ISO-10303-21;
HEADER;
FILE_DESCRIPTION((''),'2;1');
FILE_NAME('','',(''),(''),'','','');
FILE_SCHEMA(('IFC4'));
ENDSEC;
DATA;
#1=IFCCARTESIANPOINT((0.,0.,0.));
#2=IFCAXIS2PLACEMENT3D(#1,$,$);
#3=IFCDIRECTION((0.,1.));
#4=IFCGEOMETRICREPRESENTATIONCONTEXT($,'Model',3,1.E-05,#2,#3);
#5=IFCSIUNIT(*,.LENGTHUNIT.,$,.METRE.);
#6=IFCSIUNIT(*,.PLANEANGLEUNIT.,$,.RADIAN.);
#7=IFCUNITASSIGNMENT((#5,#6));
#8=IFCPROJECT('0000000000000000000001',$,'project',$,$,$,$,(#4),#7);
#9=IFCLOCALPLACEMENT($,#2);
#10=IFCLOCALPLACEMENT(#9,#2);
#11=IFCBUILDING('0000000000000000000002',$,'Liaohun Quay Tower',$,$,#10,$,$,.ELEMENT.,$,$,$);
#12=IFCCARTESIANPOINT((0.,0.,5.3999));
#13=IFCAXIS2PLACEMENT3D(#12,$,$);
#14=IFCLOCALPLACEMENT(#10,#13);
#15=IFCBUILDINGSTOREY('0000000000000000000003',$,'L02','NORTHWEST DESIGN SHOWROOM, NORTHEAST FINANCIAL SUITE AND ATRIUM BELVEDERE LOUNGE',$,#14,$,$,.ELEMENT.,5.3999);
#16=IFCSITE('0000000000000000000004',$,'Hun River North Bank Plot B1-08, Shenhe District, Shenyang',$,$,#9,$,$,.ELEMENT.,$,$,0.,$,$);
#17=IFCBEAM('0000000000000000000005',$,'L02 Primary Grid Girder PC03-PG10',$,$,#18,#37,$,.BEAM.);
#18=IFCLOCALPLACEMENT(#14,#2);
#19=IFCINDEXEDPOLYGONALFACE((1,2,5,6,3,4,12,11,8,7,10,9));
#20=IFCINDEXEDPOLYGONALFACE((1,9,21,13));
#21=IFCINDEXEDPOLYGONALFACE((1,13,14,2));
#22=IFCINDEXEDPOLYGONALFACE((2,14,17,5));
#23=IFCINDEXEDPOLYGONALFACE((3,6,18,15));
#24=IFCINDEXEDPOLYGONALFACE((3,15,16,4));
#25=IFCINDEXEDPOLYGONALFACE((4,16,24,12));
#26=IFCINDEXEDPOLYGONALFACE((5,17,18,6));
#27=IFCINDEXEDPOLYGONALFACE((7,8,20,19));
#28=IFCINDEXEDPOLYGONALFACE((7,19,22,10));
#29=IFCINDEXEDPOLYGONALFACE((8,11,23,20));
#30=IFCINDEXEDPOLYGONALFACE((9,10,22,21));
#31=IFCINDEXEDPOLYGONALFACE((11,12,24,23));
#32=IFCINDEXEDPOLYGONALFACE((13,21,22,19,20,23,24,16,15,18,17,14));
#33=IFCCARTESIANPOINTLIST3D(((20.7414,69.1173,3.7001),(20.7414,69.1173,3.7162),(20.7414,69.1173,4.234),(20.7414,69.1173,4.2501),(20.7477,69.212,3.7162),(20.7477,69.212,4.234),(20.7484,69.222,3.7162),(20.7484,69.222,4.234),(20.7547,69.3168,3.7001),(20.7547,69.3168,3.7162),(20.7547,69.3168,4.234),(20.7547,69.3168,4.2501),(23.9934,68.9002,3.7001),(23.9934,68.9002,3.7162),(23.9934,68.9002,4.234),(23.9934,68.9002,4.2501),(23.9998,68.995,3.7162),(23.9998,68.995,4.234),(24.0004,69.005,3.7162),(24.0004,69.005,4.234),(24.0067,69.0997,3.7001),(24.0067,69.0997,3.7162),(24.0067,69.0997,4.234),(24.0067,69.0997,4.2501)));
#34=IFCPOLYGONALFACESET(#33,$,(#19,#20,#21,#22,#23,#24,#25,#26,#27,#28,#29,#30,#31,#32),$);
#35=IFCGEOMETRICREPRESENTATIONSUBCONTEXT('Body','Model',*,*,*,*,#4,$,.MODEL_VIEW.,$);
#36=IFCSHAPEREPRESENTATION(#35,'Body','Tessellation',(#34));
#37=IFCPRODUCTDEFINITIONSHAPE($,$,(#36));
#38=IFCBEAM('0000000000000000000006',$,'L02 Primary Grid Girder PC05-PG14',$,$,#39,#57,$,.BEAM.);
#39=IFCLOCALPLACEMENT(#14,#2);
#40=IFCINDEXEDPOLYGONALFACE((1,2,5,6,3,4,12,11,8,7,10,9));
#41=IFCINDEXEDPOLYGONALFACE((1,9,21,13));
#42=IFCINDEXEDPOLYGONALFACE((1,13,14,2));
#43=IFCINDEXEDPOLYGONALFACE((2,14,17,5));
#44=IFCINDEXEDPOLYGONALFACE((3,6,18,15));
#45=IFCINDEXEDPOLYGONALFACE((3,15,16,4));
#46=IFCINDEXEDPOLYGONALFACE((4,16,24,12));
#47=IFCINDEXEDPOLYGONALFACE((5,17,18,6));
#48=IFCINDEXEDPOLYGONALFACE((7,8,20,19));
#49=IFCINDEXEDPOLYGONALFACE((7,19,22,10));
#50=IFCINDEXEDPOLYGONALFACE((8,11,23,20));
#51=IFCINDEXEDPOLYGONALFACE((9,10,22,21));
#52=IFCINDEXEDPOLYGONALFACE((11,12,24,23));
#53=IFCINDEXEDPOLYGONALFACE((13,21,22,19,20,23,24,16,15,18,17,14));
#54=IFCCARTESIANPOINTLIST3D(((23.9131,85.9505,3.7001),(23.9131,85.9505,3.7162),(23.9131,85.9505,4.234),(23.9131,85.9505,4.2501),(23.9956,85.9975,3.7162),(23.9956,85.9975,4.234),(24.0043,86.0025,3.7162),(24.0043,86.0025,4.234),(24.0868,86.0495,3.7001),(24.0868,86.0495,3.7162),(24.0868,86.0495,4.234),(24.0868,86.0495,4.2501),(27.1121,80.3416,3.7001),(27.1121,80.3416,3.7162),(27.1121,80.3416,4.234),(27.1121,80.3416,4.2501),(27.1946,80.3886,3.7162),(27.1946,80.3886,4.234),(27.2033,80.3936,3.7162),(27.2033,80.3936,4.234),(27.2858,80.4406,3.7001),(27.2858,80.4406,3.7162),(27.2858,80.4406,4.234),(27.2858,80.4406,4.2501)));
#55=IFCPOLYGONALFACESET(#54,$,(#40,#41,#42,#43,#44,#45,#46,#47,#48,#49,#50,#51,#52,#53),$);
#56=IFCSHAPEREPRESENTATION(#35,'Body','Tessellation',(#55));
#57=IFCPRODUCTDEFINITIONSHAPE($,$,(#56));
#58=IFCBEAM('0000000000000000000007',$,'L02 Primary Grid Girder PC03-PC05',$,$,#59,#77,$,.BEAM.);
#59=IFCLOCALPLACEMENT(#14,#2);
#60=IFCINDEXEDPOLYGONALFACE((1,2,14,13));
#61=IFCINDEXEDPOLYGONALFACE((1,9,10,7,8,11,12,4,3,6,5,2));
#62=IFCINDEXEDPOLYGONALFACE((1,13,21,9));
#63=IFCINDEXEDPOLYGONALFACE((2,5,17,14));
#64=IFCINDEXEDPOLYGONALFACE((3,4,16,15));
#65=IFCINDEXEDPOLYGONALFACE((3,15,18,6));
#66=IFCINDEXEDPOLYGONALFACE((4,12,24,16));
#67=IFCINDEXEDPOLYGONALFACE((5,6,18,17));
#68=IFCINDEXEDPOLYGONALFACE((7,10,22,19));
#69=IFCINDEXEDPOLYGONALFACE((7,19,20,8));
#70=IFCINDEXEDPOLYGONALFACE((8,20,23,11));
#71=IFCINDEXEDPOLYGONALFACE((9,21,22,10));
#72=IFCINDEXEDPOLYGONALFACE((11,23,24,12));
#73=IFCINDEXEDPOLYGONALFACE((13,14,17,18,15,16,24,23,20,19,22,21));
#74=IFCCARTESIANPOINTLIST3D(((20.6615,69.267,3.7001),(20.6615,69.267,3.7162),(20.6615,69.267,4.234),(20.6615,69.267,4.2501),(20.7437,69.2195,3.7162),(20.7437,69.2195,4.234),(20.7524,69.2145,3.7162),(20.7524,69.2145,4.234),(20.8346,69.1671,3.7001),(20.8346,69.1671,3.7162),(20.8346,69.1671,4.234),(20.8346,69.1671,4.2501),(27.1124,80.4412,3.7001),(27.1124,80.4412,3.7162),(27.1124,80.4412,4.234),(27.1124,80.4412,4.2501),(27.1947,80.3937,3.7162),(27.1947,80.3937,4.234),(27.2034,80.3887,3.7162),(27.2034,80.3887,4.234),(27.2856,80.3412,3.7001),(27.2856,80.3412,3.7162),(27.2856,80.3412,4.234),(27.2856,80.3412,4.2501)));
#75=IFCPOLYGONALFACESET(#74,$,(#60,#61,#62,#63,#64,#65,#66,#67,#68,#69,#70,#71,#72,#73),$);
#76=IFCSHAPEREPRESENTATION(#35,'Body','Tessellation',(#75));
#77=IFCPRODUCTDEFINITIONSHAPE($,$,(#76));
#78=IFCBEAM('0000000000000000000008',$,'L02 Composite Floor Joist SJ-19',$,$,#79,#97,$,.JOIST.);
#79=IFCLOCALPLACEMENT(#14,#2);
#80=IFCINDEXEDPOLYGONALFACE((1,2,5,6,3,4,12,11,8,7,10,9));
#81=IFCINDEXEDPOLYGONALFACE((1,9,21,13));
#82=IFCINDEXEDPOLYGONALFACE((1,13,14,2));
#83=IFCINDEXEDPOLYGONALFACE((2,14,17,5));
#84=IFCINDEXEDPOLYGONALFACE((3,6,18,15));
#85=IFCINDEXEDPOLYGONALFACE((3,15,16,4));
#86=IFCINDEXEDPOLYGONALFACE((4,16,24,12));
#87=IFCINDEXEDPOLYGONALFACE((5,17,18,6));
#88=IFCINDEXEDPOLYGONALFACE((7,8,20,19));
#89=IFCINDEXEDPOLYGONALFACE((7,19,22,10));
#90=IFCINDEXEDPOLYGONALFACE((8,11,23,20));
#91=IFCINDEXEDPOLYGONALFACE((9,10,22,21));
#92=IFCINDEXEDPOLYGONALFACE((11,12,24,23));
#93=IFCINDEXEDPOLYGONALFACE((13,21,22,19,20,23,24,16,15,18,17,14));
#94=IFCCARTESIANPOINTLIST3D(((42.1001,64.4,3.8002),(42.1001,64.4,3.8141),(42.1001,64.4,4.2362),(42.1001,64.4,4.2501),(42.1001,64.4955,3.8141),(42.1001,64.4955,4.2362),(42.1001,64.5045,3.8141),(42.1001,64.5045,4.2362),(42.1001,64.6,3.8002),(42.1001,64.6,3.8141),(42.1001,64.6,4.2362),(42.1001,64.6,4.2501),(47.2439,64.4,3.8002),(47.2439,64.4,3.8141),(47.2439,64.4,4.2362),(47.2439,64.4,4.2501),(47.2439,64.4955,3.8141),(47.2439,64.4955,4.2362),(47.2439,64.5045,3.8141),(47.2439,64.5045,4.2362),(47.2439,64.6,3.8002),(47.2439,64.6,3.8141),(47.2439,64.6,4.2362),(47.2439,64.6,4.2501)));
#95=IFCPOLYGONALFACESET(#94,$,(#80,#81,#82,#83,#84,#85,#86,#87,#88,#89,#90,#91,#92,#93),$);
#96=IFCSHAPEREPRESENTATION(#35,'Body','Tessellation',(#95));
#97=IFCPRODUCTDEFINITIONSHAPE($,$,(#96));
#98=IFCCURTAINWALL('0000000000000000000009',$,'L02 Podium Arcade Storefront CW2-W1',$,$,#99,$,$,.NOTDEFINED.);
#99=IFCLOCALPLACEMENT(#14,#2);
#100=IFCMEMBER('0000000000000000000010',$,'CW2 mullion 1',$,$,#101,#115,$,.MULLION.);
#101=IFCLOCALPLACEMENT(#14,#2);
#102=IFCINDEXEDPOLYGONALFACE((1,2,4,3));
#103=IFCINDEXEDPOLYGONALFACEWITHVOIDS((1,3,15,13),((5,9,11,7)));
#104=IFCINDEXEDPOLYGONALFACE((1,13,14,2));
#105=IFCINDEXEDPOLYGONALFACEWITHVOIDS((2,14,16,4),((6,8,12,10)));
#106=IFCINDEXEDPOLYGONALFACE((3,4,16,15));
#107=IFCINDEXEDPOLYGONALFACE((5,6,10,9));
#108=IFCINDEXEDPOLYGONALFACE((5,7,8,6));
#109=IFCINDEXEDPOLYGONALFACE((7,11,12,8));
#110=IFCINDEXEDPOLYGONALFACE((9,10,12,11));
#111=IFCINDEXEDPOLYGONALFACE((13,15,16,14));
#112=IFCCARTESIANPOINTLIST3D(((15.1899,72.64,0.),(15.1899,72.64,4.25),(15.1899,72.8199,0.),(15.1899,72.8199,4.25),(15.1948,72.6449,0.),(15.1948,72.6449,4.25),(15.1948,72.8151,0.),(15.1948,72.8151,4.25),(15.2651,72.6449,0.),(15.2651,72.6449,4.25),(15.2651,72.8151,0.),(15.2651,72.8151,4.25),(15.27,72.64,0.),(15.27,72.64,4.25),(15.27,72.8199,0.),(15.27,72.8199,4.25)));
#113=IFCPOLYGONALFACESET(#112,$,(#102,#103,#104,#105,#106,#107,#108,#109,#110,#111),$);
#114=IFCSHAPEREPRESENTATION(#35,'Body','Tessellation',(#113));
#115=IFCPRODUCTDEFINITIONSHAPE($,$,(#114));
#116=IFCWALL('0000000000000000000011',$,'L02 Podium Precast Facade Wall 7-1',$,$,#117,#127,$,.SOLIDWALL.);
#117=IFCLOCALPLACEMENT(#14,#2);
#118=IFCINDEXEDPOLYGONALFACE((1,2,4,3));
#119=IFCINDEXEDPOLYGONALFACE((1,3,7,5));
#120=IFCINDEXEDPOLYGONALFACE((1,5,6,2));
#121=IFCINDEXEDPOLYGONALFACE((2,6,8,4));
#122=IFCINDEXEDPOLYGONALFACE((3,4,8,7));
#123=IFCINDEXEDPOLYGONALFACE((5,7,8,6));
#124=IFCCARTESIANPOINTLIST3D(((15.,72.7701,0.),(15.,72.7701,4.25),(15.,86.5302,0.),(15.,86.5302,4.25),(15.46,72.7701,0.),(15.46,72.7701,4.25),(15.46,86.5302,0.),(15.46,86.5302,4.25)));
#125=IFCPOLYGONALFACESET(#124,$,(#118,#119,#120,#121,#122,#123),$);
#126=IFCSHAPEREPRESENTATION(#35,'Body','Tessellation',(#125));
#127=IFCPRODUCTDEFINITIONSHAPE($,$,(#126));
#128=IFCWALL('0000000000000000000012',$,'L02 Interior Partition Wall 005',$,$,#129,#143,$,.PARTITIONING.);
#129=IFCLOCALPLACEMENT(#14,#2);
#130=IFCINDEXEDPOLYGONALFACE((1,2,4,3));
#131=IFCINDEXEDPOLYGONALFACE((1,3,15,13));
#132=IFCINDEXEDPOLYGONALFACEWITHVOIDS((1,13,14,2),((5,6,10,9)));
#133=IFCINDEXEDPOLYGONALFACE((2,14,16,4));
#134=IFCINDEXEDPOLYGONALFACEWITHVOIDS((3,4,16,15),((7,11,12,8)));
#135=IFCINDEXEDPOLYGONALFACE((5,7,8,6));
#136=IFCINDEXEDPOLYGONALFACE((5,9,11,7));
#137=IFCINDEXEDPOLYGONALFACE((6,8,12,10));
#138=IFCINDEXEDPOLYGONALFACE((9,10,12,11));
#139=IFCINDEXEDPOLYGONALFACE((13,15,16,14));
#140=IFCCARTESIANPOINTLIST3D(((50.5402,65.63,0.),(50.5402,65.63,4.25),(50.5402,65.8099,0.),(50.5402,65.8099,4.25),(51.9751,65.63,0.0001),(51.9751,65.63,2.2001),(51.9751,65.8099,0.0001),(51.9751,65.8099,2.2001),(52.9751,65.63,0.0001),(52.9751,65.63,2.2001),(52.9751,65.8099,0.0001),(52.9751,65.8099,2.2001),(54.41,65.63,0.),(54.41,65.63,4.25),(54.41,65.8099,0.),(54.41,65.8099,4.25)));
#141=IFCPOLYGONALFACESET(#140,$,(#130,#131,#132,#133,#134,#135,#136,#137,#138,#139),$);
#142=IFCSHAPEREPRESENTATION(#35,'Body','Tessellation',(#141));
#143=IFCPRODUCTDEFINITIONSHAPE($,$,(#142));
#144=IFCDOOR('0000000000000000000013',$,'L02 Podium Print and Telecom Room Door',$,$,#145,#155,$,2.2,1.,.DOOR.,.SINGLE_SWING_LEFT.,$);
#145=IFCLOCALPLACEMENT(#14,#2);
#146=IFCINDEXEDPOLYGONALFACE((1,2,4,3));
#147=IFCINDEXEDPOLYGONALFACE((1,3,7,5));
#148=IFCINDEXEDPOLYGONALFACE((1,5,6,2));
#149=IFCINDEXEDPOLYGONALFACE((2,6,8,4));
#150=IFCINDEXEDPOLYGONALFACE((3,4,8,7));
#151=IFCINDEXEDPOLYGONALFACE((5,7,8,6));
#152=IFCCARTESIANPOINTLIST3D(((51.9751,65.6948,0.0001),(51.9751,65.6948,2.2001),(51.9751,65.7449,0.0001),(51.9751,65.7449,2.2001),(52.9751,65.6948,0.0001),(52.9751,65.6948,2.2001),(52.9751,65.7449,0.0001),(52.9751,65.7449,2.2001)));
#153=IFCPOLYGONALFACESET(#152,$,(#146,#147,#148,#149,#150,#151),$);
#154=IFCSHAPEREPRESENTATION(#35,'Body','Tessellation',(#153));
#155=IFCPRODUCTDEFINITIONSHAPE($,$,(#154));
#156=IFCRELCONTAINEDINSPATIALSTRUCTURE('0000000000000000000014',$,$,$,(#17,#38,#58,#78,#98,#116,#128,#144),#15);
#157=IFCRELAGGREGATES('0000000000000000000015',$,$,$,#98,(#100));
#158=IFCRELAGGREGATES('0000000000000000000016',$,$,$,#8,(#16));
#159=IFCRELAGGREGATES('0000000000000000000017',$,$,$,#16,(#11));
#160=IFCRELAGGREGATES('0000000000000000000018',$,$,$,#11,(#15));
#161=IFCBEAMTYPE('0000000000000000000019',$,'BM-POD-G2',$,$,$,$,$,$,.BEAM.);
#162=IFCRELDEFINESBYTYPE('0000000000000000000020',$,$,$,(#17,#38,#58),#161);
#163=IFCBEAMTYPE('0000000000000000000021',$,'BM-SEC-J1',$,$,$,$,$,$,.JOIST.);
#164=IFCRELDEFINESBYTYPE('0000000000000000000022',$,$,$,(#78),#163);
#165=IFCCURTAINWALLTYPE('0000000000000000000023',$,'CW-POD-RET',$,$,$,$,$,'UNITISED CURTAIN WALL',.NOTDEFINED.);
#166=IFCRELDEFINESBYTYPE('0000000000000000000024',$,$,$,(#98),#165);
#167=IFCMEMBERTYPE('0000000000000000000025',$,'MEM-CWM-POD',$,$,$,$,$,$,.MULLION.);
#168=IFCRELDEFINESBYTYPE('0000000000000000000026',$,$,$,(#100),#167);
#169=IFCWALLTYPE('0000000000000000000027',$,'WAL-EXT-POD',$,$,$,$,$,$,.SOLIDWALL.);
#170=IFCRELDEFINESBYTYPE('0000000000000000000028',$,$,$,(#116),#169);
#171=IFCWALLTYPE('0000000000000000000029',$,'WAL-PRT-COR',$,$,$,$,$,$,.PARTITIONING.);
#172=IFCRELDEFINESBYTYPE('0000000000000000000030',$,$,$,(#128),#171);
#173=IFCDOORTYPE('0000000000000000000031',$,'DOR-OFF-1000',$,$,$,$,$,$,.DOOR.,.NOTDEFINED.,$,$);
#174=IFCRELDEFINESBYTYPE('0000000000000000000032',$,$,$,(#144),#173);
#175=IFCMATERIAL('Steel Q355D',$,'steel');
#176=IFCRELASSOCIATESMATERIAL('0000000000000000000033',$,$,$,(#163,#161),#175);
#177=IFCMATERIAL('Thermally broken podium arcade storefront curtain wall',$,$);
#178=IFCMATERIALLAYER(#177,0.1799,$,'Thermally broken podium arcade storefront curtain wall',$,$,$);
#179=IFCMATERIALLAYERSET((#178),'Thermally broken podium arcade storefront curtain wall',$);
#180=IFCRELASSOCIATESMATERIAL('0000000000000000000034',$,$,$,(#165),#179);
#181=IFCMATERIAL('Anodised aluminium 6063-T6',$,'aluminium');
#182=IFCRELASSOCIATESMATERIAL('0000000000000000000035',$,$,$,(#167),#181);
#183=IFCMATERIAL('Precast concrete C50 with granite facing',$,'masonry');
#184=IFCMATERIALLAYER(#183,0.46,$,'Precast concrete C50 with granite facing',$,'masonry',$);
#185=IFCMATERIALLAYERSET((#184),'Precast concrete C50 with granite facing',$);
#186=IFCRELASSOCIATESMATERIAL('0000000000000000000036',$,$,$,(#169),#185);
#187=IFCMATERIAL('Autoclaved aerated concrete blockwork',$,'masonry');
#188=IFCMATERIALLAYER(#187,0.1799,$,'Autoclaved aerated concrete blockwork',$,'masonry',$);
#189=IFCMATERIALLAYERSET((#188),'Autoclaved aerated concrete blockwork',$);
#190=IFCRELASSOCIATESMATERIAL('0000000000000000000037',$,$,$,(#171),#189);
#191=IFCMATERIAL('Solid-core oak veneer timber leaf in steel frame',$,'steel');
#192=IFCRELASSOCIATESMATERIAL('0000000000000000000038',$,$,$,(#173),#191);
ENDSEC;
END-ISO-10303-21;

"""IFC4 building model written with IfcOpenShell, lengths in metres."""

from ifc_helpers import new_model, si_unit, direction, frame, frame_2d, origin, origin_2d, place, context, subcontext, project, spatial, rectangle, hollow_rectangle, i_section, extrude, source, transform, mapped, material, layer, layer_set, material_profile, profile_set, type_object, element, fill, aggregate, save


model = new_model("IFC4")

# Units and contexts
model_context = context("Model", 3, precision=1e-05, world=origin(), true_north=direction((0.0, 1.0)))
body_context = subcontext(model_context, "Body", "Model", "MODEL_VIEW")
ifc_project = project(units=[si_unit("LENGTHUNIT", "METRE"), si_unit("PLANEANGLEUNIT", "RADIAN")], contexts=[model_context])

# Site, building, storey
site_placement = place(None, origin())
site = spatial("IfcSite", under=ifc_project, at=site_placement, Name="Hun River North Bank Plot B1-08, Shenhe District, Shenyang", CompositionType="ELEMENT", RefElevation=0.0)
building_placement = place(site_placement, origin())
building = spatial("IfcBuilding", under=site, at=building_placement, Name="Liaohun Quay Tower", CompositionType="ELEMENT")
storey_placement = place(building_placement, frame((0.0, 0.0, 5.3999)))
storey = spatial("IfcBuildingStorey", under=building, at=storey_placement, Name="L02", Description="NORTHWEST DESIGN SHOWROOM, NORTHEAST FINANCIAL SUITE AND ATRIUM BELVEDERE LOUNGE", CompositionType="ELEMENT", Elevation=5.3999)

# Beams
ifc_material_1 = material(Name="Steel Q355D", Category="steel")
ifc_material_profile_1 = material_profile(ifc_material_1, i_section(OverallWidth=0.2, OverallDepth=0.45, WebThickness=0.009, FlangeThickness=0.0139, at=origin_2d()), Name="HN450x200x9x14")
ifc_profile_set_1 = profile_set([ifc_material_profile_1], Name="Steel Q355D")
beam_type_1 = type_object("IfcBeamType", Name="BM-SEC-J1", PredefinedType="JOIST", material=ifc_profile_set_1)
ifc_material_profile_2 = material_profile(ifc_material_1, i_section(OverallWidth=0.2, OverallDepth=0.55, WebThickness=0.01, FlangeThickness=0.0161, at=origin_2d()), Name="HN550x200x10x16")
ifc_profile_set_2 = profile_set([ifc_material_profile_2], Name="Steel Q355D")
beam_type_2 = type_object("IfcBeamType", Name="BM-POD-G2", PredefinedType="BEAM", material=ifc_profile_set_2)
shared_shape_1 = source(origin(), body_context, "Body", "SweptSolid", [
    extrude(i_section(OverallWidth=0.2, OverallDepth=0.55, WebThickness=0.01, FlangeThickness=0.0161, at=origin_2d()), origin(), (0.0, 0.0, 1.0), 3.2593),
])
beam_1_placement = place(storey_placement, frame((20.748, 69.217, 3.9751), z_axis=(0.99778, -0.066594, 0.0), x_axis=(0.066594, 0.99778, 0.0)))
element("IfcBeam", 1, at=beam_1_placement, inside=storey, type_object=beam_type_2, Name="L02 Primary Grid Girder PC03-PG10", PredefinedType="BEAM", context=body_context, shape_type="MappedRepresentation", body=[
    mapped(shared_shape_1, transform((0.0, 0.0, 0.0), x_axis=(1.0, 0.0, 0.0), y_axis=(0.0, 1.0, 0.0), z_axis=(0.0, 0.0, 1.0), scale=1.0)),
])
shared_shape_2 = source(origin(), body_context, "Body", "SweptSolid", [
    extrude(i_section(OverallWidth=0.2, OverallDepth=0.55, WebThickness=0.01, FlangeThickness=0.0161, at=origin_2d()), origin(), (0.0, 0.0, 1.0), 6.457),
])
beam_2_placement = place(storey_placement, frame((27.199, 80.3911, 3.9751), z_axis=(-0.495426, 0.86865, 0.0), x_axis=(-0.86865, -0.495426, 0.0)))
element("IfcBeam", 2, at=beam_2_placement, inside=storey, type_object=beam_type_2, Name="L02 Primary Grid Girder PC05-PG14", PredefinedType="BEAM", context=body_context, shape_type="MappedRepresentation", body=[
    mapped(shared_shape_2, transform((0.0, 0.0, 0.0), x_axis=(1.0, 0.0, 0.0), y_axis=(0.0, 1.0, 0.0), z_axis=(0.0, 0.0, 1.0), scale=1.0)),
])
shared_shape_3 = source(origin(), body_context, "Body", "SweptSolid", [
    extrude(i_section(OverallWidth=0.2, OverallDepth=0.55, WebThickness=0.01, FlangeThickness=0.0161, at=origin_2d()), origin(), (0.0, 0.0, 1.0), 12.9026),
])
beam_3_placement = place(storey_placement, frame((20.748, 69.217, 3.9751), z_axis=(0.499975, 0.86604, 0.0), x_axis=(-0.86604, 0.499975, 0.0)))
element("IfcBeam", 3, at=beam_3_placement, inside=storey, type_object=beam_type_2, Name="L02 Primary Grid Girder PC03-PC05", PredefinedType="BEAM", context=body_context, shape_type="MappedRepresentation", body=[
    mapped(shared_shape_3, transform((0.0, 0.0, 0.0), x_axis=(1.0, 0.0, 0.0), y_axis=(0.0, 1.0, 0.0), z_axis=(0.0, 0.0, 1.0), scale=1.0)),
])
shared_shape_4 = source(origin(), body_context, "Body", "SweptSolid", [
    extrude(i_section(OverallWidth=0.2, OverallDepth=0.45, WebThickness=0.009, FlangeThickness=0.0139, at=origin_2d()), origin(), (0.0, 0.0, 1.0), 5.1438),
])
beam_4_placement = place(storey_placement, frame((42.1001, 64.5, 4.0251), z_axis=(1.0, 0.0, 0.0), x_axis=(0.0, 1.0, 0.0)))
element("IfcBeam", 4, at=beam_4_placement, inside=storey, type_object=beam_type_1, Name="L02 Composite Floor Joist SJ-19", PredefinedType="JOIST", context=body_context, shape_type="MappedRepresentation", body=[
    mapped(shared_shape_4, transform((0.0, 0.0, 0.0), x_axis=(1.0, 0.0, 0.0), y_axis=(0.0, 1.0, 0.0), z_axis=(0.0, 0.0, 1.0), scale=1.0)),
])

# Curtain wall, member
ifc_material_2 = material(Name="Thermally broken podium arcade storefront curtain wall")
ifc_layer_1 = layer(ifc_material_2, 0.1799, Name="Thermally broken podium arcade storefront curtain wall")
ifc_layer_set_1 = layer_set([ifc_layer_1], Name="Thermally broken podium arcade storefront curtain wall")
curtain_wall_type = type_object("IfcCurtainWallType", Name="CW-POD-RET", ElementType="UNITISED CURTAIN WALL", PredefinedType="NOTDEFINED", material=ifc_layer_set_1)
curtain_wall_placement = place(storey_placement, origin())
curtain_wall = element("IfcCurtainWall", 5, at=curtain_wall_placement, inside=storey, type_object=curtain_wall_type, Name="L02 Podium Arcade Storefront CW2-W1", PredefinedType="NOTDEFINED")
ifc_material_3 = material(Name="Anodised aluminium 6063-T6", Category="aluminium")
ifc_material_profile_3 = material_profile(ifc_material_3, hollow_rectangle(XDim=0.0801, YDim=0.1799, WallThickness=0.0049, at=origin_2d()), Name="RHS180x80x5")
ifc_profile_set_3 = profile_set([ifc_material_profile_3], Name="Anodised aluminium 6063-T6")
member_type = type_object("IfcMemberType", Name="MEM-CWM-POD", PredefinedType="MULLION", material=ifc_profile_set_3)
shared_shape_5 = source(origin(), body_context, "Body", "SweptSolid", [
    extrude(hollow_rectangle(XDim=0.0801, YDim=0.1799, WallThickness=0.0049, at=origin_2d()), origin(), (0.0, 0.0, 1.0), 4.25),
])
member_placement = place(storey_placement, frame((15.23, 72.73, 0.0), z_axis=(0.0, 0.0, 1.0), x_axis=(1.0, 0.0, 0.0)))
member = element("IfcMember", 6, at=member_placement, type_object=member_type, Name="CW2 mullion 1", PredefinedType="MULLION", context=body_context, shape_type="MappedRepresentation", body=[
    mapped(shared_shape_5, transform((0.0, 0.0, 0.0), x_axis=(1.0, 0.0, 0.0), y_axis=(0.0, 1.0, 0.0), z_axis=(0.0, 0.0, 1.0), scale=1.0)),
])
aggregate(curtain_wall, [member])

# Wall
ifc_material_4 = material(Name="Precast concrete C50 with granite facing", Category="masonry")
ifc_layer_2 = layer(ifc_material_4, 0.46, Name="Precast concrete C50 with granite facing", Category="masonry")
ifc_layer_set_2 = layer_set([ifc_layer_2], Name="Precast concrete C50 with granite facing")
wall_type_1 = type_object("IfcWallType", Name="WAL-EXT-POD", PredefinedType="SOLIDWALL", material=ifc_layer_set_2)
wall_1_placement = place(storey_placement, frame((15.23, 86.53, 0.0), z_axis=(0.0, 0.0, 1.0), x_axis=(0.0, -1.0, 0.0)))
element("IfcWall", 7, at=wall_1_placement, inside=storey, type_object=wall_type_1, Name="L02 Podium Precast Facade Wall 7-1", PredefinedType="SOLIDWALL", context=body_context, shape_type="SweptSolid", body=[
    extrude(rectangle(XDim=13.76, YDim=0.46, at=frame_2d((6.8799, 0.0))), origin(), (0.0, 0.0, 1.0), 4.25),
])

# Wall, opening, door
ifc_material_5 = material(Name="Autoclaved aerated concrete blockwork", Category="masonry")
ifc_layer_3 = layer(ifc_material_5, 0.1799, Name="Autoclaved aerated concrete blockwork", Category="masonry")
ifc_layer_set_3 = layer_set([ifc_layer_3], Name="Autoclaved aerated concrete blockwork")
wall_type_2 = type_object("IfcWallType", Name="WAL-PRT-COR", PredefinedType="PARTITIONING", material=ifc_layer_set_3)
wall_2_placement = place(storey_placement, frame((50.54, 65.72, 0.0), z_axis=(0.0, 0.0, 1.0), x_axis=(1.0, 0.0, 0.0)))
wall_2 = element("IfcWall", 8, at=wall_2_placement, inside=storey, type_object=wall_type_2, Name="L02 Interior Partition Wall 005", PredefinedType="PARTITIONING", context=body_context, shape_type="SweptSolid", body=[
    extrude(rectangle(XDim=3.8699, YDim=0.1799, at=frame_2d((1.9351, 0.0))), origin(), (0.0, 0.0, 1.0), 4.25),
])
shared_shape_6 = source(origin(), body_context, "Body", "SweptSolid", [
    extrude(rectangle(XDim=1.0, YDim=2.2, at=frame_2d((0.5, 1.1001))), frame((0.0, 0.0999, 0.0), z_axis=(0.0, -1.0, 0.0), x_axis=(1.0, 0.0, 0.0)), (0.0, 0.0, 1.0), 0.2),
])
opening_1_placement = place(wall_2_placement, frame((1.4351, 0.0, 0.0)))
opening_1 = element("IfcOpeningElement", 9, at=opening_1_placement, cuts=wall_2, PredefinedType="OPENING", context=body_context, shape_type="MappedRepresentation", body=[
    mapped(shared_shape_6, transform((0.0, 0.0, 0.0), x_axis=(1.0, 0.0, 0.0), y_axis=(0.0, 1.0, 0.0), z_axis=(0.0, 0.0, 1.0), scale=1.0)),
])
ifc_material_6 = material(Name="Solid-core oak veneer timber leaf in steel frame", Category="steel")
door_type_1 = type_object("IfcDoorType", Name="DOR-OFF-1000", OperationType="NOTDEFINED", PredefinedType="DOOR", material=ifc_material_6)
shared_shape_7 = source(origin(), body_context, "Body", "SweptSolid", [
    extrude(rectangle(XDim=1.0, YDim=2.2, at=frame_2d((0.5, 1.1001))), frame((0.0, 0.0249, 0.0), z_axis=(0.0, -1.0, 0.0), x_axis=(1.0, 0.0, 0.0)), (0.0, 0.0, 1.0), 0.05),
])
door_1_placement = place(opening_1_placement, origin())
door_1 = element("IfcDoor", 10, at=door_1_placement, inside=storey, type_object=door_type_1, Name="L02 Podium Print and Telecom Room Door", OperationType="SINGLE_SWING_LEFT", OverallHeight=2.2, OverallWidth=1.0, PredefinedType="DOOR", context=body_context, shape_type="MappedRepresentation", body=[
    mapped(shared_shape_7, transform((0.0, 0.0, 0.0), x_axis=(1.0, 0.0, 0.0), y_axis=(0.0, 1.0, 0.0), z_axis=(0.0, 0.0, 1.0), scale=1.0)),
])
fill(opening_1, door_1)

save(model, "model.ifc")
